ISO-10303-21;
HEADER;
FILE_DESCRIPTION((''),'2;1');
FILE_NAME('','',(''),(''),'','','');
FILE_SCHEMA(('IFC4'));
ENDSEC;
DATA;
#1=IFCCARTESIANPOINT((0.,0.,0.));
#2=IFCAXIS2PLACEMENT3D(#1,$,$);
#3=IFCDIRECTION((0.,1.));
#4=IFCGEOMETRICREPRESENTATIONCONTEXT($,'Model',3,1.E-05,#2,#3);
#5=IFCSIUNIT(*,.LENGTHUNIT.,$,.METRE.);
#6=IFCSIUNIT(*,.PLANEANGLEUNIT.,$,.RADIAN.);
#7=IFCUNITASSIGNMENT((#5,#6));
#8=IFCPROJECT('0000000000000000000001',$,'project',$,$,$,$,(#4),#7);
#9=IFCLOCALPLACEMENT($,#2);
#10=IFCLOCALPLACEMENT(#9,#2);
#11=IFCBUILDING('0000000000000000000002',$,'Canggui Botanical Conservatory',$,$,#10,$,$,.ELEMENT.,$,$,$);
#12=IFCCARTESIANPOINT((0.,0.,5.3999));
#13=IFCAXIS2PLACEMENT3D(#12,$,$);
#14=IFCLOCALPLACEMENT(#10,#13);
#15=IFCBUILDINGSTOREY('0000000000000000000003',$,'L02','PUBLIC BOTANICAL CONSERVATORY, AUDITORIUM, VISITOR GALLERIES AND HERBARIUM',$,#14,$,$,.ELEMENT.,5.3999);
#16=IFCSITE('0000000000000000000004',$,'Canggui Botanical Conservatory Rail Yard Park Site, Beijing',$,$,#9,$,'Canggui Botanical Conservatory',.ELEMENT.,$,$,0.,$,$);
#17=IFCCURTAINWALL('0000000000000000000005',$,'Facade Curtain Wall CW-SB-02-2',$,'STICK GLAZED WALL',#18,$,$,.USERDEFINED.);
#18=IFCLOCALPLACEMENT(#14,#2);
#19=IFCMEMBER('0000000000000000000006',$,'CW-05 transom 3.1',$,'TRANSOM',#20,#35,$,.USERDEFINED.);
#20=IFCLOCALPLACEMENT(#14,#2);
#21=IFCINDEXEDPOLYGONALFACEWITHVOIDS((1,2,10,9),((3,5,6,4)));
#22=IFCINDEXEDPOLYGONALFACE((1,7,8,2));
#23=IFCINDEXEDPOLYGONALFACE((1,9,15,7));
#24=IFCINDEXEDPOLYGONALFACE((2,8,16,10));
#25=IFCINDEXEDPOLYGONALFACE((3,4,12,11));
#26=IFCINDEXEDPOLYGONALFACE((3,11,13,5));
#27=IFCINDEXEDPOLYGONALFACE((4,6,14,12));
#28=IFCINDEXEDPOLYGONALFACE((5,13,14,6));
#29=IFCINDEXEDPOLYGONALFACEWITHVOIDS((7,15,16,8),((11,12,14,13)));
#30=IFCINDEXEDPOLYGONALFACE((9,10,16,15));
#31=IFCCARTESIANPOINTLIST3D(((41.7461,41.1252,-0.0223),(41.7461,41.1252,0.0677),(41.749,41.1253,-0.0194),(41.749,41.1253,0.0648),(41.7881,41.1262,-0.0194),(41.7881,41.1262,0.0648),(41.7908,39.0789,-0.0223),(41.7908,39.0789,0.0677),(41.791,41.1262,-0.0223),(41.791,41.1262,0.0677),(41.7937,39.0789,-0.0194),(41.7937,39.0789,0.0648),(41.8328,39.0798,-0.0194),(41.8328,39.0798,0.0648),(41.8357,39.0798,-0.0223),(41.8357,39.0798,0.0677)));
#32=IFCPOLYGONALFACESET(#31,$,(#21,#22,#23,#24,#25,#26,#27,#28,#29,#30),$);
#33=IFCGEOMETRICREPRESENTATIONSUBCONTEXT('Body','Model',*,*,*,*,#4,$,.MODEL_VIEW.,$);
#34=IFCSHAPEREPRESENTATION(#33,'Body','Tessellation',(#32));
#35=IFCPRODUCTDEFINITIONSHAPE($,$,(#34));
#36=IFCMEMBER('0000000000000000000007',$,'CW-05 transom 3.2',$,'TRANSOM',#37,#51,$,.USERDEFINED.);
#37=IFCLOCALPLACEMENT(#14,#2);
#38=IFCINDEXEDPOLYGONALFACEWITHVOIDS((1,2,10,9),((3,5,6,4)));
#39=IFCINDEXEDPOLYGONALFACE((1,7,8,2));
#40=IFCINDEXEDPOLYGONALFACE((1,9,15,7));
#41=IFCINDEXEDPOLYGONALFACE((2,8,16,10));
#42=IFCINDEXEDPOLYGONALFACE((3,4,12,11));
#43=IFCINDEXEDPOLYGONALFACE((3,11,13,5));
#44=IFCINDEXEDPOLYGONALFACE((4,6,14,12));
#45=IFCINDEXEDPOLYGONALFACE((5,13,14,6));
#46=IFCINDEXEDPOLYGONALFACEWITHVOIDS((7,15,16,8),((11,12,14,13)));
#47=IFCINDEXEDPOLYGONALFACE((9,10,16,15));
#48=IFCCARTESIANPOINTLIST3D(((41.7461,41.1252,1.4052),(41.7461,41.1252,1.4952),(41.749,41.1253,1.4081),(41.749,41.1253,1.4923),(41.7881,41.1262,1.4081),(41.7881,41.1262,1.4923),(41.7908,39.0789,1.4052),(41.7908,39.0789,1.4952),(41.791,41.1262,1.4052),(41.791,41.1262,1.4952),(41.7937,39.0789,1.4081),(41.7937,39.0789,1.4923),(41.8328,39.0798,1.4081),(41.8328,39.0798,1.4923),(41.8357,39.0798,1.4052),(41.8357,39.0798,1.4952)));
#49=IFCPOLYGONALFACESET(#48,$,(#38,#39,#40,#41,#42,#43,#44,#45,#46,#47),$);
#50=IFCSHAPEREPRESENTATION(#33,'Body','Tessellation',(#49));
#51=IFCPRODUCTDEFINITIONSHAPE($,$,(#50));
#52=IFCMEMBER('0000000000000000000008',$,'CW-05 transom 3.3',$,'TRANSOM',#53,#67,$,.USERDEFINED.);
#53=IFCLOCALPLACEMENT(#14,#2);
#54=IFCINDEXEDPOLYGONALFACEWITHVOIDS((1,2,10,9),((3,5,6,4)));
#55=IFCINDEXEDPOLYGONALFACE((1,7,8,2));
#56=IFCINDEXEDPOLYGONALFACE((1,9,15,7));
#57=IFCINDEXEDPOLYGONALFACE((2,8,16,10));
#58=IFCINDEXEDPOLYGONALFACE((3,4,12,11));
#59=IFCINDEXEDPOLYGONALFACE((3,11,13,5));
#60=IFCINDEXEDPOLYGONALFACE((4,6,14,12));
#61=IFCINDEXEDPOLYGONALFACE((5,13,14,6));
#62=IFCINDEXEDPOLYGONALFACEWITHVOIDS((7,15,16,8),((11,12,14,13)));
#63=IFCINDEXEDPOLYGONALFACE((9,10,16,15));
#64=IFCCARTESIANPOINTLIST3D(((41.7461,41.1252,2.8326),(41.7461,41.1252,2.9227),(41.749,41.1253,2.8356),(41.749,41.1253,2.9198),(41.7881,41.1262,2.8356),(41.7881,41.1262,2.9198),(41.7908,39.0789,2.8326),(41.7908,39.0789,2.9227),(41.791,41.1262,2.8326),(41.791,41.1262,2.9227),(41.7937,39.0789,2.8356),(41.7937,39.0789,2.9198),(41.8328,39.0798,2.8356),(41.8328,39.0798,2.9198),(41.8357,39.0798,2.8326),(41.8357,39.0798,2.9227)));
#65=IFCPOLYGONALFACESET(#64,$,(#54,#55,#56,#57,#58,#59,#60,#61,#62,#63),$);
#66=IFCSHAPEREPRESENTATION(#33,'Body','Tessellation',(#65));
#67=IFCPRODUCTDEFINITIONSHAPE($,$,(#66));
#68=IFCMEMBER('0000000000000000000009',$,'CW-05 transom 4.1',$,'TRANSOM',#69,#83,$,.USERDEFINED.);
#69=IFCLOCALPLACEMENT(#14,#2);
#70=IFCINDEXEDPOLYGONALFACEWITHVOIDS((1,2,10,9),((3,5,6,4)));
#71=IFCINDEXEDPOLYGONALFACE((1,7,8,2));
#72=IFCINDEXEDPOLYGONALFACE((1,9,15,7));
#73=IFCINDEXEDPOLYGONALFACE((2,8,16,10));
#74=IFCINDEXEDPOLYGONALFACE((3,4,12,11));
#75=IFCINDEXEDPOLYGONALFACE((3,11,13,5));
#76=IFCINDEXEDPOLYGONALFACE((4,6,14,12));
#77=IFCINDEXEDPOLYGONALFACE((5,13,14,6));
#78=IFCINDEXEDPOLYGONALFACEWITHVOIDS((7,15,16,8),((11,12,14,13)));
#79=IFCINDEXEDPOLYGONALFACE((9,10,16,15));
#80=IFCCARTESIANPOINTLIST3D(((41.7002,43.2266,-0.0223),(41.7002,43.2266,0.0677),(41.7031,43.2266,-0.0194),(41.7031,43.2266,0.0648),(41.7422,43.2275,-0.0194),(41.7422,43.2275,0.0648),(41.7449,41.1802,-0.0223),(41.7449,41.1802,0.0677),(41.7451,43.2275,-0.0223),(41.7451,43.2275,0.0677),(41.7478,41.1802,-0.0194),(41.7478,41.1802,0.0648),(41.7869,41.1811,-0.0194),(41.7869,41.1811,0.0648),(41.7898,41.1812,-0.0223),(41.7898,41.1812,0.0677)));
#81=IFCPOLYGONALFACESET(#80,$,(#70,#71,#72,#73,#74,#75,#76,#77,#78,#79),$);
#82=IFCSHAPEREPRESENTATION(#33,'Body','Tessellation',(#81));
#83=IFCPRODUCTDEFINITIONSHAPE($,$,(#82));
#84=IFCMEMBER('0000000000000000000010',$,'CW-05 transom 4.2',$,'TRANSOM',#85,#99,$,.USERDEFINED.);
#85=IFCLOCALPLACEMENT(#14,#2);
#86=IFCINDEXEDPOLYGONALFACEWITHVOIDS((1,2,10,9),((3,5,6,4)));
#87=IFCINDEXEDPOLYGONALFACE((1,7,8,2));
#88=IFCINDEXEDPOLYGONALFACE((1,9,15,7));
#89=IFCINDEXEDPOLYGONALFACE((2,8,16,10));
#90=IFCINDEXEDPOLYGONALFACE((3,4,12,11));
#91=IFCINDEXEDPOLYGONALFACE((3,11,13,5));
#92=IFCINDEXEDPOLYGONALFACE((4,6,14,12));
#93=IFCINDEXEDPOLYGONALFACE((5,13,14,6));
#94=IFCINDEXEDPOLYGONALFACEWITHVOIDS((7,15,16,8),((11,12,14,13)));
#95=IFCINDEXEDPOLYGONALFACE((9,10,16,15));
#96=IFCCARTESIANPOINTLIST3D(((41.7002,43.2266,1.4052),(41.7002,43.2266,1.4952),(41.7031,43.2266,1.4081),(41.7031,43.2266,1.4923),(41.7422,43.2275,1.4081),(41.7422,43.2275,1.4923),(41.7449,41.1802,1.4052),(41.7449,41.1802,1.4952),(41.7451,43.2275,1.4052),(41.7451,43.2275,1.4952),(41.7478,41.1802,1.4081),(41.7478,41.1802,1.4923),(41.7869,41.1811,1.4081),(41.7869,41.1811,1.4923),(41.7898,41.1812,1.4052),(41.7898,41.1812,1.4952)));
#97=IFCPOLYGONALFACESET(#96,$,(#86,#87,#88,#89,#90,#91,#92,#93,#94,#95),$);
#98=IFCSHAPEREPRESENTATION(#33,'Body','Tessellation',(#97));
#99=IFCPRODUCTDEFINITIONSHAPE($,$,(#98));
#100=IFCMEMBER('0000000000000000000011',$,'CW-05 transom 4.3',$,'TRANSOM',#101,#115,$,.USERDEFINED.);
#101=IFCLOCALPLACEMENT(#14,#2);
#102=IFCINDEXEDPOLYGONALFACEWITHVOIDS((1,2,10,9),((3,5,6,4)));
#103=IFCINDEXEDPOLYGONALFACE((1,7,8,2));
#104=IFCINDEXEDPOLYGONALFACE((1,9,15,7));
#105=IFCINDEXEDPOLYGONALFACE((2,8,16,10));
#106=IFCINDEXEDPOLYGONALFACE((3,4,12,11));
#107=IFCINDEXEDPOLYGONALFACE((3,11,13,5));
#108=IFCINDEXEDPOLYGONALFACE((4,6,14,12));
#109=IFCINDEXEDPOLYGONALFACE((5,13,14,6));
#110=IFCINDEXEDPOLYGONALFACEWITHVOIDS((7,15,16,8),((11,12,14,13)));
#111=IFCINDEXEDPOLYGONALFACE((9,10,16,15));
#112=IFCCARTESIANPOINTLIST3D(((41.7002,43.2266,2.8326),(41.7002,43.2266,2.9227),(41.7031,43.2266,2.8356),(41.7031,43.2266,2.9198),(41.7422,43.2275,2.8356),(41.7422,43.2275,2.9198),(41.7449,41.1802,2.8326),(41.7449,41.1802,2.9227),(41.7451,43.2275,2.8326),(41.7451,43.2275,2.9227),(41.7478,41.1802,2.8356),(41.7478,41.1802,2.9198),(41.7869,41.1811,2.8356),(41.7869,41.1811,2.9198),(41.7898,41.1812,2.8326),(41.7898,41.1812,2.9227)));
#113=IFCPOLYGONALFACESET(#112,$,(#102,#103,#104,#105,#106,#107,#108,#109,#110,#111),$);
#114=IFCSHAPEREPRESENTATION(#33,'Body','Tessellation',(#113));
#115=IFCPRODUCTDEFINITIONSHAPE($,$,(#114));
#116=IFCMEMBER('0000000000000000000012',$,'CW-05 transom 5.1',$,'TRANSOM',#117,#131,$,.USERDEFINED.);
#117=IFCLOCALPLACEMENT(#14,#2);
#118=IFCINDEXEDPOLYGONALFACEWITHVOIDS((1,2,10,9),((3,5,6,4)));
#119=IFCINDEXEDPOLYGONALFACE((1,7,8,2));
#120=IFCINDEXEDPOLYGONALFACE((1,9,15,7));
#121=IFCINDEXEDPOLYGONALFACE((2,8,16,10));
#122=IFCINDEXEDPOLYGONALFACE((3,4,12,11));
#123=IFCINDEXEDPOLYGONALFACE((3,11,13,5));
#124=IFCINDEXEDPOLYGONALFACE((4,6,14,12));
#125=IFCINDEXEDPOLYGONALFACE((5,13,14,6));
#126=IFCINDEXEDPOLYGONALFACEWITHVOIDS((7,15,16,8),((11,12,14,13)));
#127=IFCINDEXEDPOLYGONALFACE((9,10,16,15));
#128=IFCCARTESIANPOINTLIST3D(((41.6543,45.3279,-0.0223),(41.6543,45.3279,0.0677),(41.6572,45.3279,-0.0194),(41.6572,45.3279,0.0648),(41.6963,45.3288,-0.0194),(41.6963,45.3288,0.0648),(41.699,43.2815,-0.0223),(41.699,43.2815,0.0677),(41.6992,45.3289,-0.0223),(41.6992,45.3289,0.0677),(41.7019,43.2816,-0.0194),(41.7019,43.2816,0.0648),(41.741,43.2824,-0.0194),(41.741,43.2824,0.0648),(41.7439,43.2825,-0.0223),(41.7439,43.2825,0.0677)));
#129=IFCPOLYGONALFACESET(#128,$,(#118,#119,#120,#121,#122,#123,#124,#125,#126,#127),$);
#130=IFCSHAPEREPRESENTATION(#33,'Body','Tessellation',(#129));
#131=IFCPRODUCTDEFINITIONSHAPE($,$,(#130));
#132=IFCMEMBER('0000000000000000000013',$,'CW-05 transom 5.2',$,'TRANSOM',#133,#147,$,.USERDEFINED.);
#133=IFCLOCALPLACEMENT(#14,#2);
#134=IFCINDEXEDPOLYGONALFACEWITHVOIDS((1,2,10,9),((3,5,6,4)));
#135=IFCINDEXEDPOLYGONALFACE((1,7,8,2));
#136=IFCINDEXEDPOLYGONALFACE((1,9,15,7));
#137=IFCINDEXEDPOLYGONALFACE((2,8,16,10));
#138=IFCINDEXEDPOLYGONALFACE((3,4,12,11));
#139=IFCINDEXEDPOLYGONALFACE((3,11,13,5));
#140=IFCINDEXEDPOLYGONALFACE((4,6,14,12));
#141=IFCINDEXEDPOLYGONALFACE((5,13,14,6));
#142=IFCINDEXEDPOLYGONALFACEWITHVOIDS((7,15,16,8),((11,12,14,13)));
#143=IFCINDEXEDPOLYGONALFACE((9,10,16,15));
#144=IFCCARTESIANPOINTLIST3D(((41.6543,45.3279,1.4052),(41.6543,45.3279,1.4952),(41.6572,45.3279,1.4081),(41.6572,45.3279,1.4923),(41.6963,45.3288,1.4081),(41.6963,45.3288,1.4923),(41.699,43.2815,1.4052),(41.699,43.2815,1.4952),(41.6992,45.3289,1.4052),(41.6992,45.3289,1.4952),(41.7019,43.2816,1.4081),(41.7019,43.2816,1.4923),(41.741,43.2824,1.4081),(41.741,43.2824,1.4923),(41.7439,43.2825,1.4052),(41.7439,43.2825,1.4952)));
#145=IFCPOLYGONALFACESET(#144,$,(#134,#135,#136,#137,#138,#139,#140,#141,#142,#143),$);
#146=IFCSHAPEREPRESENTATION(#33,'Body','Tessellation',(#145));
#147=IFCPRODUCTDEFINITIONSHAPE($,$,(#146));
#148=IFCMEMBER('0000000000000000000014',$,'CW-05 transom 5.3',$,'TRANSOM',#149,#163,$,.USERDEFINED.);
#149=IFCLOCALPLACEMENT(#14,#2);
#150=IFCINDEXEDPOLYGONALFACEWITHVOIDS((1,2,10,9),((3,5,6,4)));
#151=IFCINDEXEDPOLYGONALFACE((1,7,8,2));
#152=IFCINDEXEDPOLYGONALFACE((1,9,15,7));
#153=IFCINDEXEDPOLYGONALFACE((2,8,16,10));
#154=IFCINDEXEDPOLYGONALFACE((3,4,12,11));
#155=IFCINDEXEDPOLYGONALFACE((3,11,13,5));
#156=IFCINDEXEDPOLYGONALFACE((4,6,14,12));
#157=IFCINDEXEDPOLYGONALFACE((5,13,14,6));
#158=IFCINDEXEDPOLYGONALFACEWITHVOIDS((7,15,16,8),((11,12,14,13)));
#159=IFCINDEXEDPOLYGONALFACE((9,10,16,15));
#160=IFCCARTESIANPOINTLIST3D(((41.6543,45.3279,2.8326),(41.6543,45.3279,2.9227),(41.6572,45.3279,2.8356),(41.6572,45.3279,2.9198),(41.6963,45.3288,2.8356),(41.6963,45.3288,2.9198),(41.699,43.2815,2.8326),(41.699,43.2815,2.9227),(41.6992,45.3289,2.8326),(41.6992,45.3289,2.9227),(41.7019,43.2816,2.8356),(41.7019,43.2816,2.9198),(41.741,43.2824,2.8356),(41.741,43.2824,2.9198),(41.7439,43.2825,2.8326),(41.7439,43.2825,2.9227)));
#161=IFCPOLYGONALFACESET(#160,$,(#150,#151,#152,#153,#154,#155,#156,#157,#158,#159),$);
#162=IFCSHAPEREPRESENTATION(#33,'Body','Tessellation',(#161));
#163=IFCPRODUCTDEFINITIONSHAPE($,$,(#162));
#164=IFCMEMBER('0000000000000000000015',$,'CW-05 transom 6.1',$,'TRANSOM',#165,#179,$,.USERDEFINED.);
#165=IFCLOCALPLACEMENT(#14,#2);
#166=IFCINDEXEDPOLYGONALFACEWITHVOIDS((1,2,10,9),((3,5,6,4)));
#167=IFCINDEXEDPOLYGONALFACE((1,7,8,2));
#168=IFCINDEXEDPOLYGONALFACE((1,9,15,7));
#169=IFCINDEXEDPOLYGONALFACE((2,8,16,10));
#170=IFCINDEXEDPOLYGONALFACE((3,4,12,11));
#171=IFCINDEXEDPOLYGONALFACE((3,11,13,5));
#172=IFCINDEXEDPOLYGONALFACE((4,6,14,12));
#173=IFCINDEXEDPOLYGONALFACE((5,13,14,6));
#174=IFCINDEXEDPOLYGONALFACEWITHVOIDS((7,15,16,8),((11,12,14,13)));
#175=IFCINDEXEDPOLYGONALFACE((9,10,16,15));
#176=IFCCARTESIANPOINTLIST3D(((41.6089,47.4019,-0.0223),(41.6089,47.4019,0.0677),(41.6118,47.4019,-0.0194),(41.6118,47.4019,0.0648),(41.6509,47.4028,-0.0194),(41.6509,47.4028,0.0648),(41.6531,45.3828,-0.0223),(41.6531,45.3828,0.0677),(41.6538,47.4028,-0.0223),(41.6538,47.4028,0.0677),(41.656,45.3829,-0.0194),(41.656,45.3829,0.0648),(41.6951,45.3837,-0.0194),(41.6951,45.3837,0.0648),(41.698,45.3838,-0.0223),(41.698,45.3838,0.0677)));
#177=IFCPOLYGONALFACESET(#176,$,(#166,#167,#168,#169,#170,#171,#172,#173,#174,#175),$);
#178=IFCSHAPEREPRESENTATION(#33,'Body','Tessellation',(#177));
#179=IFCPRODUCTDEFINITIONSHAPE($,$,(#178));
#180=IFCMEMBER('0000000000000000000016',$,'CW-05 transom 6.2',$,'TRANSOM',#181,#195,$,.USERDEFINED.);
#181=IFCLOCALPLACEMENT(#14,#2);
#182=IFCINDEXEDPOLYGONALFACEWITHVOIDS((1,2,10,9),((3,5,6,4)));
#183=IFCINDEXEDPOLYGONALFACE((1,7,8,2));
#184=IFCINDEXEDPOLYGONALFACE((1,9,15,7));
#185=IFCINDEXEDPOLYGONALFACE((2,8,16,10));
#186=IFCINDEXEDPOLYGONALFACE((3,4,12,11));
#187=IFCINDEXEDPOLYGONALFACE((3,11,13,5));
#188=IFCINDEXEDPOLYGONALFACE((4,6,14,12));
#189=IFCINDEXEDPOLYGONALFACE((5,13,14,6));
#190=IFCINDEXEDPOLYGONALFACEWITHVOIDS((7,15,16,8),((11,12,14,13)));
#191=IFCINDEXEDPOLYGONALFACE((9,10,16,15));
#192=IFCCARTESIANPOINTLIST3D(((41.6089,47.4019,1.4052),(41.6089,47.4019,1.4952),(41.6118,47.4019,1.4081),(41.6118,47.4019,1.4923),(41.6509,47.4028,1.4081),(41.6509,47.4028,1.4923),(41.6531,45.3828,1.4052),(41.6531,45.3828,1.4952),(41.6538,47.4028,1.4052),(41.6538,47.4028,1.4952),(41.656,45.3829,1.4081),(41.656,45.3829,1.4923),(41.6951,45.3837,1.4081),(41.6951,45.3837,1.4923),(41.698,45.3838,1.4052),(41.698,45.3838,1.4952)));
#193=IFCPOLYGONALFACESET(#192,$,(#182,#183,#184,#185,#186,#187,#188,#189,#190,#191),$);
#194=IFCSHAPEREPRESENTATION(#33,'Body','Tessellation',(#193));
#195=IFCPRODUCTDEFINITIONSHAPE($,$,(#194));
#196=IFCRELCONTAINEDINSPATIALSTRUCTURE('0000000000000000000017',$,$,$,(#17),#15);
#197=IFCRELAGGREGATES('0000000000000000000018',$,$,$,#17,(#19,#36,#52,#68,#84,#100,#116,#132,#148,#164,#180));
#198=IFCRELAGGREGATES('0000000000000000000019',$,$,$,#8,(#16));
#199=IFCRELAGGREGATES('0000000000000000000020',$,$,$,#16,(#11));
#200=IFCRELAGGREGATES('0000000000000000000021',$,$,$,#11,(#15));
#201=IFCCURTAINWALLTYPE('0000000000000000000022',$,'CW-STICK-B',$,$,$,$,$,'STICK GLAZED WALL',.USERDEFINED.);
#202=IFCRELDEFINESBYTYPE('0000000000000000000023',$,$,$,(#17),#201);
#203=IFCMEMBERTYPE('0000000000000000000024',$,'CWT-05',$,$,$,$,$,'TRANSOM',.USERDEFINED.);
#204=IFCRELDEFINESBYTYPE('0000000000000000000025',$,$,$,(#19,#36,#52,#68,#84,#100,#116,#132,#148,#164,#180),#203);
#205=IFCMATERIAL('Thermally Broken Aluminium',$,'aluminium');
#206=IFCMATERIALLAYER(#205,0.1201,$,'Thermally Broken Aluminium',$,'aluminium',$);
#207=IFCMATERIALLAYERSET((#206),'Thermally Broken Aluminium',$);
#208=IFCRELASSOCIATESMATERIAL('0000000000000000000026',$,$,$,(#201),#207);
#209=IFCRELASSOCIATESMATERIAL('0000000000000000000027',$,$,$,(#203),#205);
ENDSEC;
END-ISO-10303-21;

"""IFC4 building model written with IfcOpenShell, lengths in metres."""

from ifc_helpers import new_model, si_unit, direction, frame, origin, origin_2d, place, context, subcontext, project, spatial, hollow_rectangle, extrude, material, layer, layer_set, material_profile, profile_set, type_object, element, aggregate, save


model = new_model("IFC4")

# Units and contexts
model_context = context("Model", 3, precision=1e-05, world=origin(), true_north=direction((0.0, 1.0)))
body_context = subcontext(model_context, "Body", "Model", "MODEL_VIEW")
ifc_project = project(units=[si_unit("LENGTHUNIT", "METRE"), si_unit("PLANEANGLEUNIT", "RADIAN")], contexts=[model_context])

# Site, building, storey
site_placement = place(None, origin())
site = spatial("IfcSite", under=ifc_project, at=site_placement, Name="Canggui Botanical Conservatory Rail Yard Park Site, Beijing", LongName="Canggui Botanical Conservatory", CompositionType="ELEMENT", RefElevation=0.0)
building_placement = place(site_placement, origin())
building = spatial("IfcBuilding", under=site, at=building_placement, Name="Canggui Botanical Conservatory", CompositionType="ELEMENT")
storey_placement = place(building_placement, frame((0.0, 0.0, 5.3999)))
storey = spatial("IfcBuildingStorey", under=building, at=storey_placement, Name="L02", Description="PUBLIC BOTANICAL CONSERVATORY, AUDITORIUM, VISITOR GALLERIES AND HERBARIUM", CompositionType="ELEMENT", Elevation=5.3999)

# Curtain wall, members
ifc_material_1 = material(Name="Thermally Broken Aluminium", Category="aluminium")
ifc_layer_1 = layer(ifc_material_1, 0.1201, Name="Thermally Broken Aluminium", Category="aluminium")
ifc_layer_set_1 = layer_set([ifc_layer_1], Name="Thermally Broken Aluminium")
curtain_wall_type = type_object("IfcCurtainWallType", Name="CW-STICK-B", ElementType="STICK GLAZED WALL", PredefinedType="USERDEFINED", material=ifc_layer_set_1)
curtain_wall_placement = place(storey_placement, origin())
curtain_wall = element("IfcCurtainWall", 1, at=curtain_wall_placement, inside=storey, type_object=curtain_wall_type, Name="Facade Curtain Wall CW-SB-02-2", ObjectType="STICK GLAZED WALL", PredefinedType="USERDEFINED")
ifc_material_profile_1 = material_profile(ifc_material_1, hollow_rectangle(XDim=0.0449, YDim=0.0901, WallThickness=0.0029, at=origin_2d()), Name="CWT 45x90x3")
ifc_profile_set_1 = profile_set([ifc_material_profile_1], Name="Thermally Broken Aluminium")
member_type_1 = type_object("IfcMemberType", Name="CWT-05", ElementType="TRANSOM", PredefinedType="USERDEFINED", material=ifc_profile_set_1)
member_1_placement = place(storey_placement, frame((41.8132, 39.0793, 0.0227), z_axis=(-0.021827, 0.999762, 0.0), x_axis=(-0.999762, -0.021827, 0.0)))
member_1 = element("IfcMember", 2, at=member_1_placement, type_object=member_type_1, Name="CW-05 transom 3.1", ObjectType="TRANSOM", PredefinedType="USERDEFINED", context=body_context, shape_type="SweptSolid", body=[
    extrude(hollow_rectangle(XDim=0.0449, YDim=0.0901, WallThickness=0.0029, at=origin_2d()), origin(), (0.0, 0.0, 1.0), 2.0469),
])
member_2_placement = place(storey_placement, frame((41.8132, 39.0793, 1.4502), z_axis=(-0.021827, 0.999762, 0.0), x_axis=(-0.999762, -0.021827, 0.0)))
member_2 = element("IfcMember", 3, at=member_2_placement, type_object=member_type_1, Name="CW-05 transom 3.2", ObjectType="TRANSOM", PredefinedType="USERDEFINED", context=body_context, shape_type="SweptSolid", body=[
    extrude(hollow_rectangle(XDim=0.0449, YDim=0.0901, WallThickness=0.0029, at=origin_2d()), origin(), (0.0, 0.0, 1.0), 2.0469),
])
member_3_placement = place(storey_placement, frame((41.8132, 39.0793, 2.8777), z_axis=(-0.021827, 0.999762, 0.0), x_axis=(-0.999762, -0.021827, 0.0)))
member_3 = element("IfcMember", 4, at=member_3_placement, type_object=member_type_1, Name="CW-05 transom 3.3", ObjectType="TRANSOM", PredefinedType="USERDEFINED", context=body_context, shape_type="SweptSolid", body=[
    extrude(hollow_rectangle(XDim=0.0449, YDim=0.0901, WallThickness=0.0029, at=origin_2d()), origin(), (0.0, 0.0, 1.0), 2.0469),
])
member_4_placement = place(storey_placement, frame((41.7673, 41.1807, 0.0227), z_axis=(-0.021827, 0.999762, 0.0), x_axis=(-0.999762, -0.021827, 0.0)))
member_4 = element("IfcMember", 5, at=member_4_placement, type_object=member_type_1, Name="CW-05 transom 4.1", ObjectType="TRANSOM", PredefinedType="USERDEFINED", context=body_context, shape_type="SweptSolid", body=[
    extrude(hollow_rectangle(XDim=0.0449, YDim=0.0901, WallThickness=0.0029, at=origin_2d()), origin(), (0.0, 0.0, 1.0), 2.0469),
])
member_5_placement = place(storey_placement, frame((41.7673, 41.1807, 1.4502), z_axis=(-0.021827, 0.999762, 0.0), x_axis=(-0.999762, -0.021827, 0.0)))
member_5 = element("IfcMember", 6, at=member_5_placement, type_object=member_type_1, Name="CW-05 transom 4.2", ObjectType="TRANSOM", PredefinedType="USERDEFINED", context=body_context, shape_type="SweptSolid", body=[
    extrude(hollow_rectangle(XDim=0.0449, YDim=0.0901, WallThickness=0.0029, at=origin_2d()), origin(), (0.0, 0.0, 1.0), 2.0469),
])
member_6_placement = place(storey_placement, frame((41.7673, 41.1807, 2.8777), z_axis=(-0.021827, 0.999762, 0.0), x_axis=(-0.999762, -0.021827, 0.0)))
member_6 = element("IfcMember", 7, at=member_6_placement, type_object=member_type_1, Name="CW-05 transom 4.3", ObjectType="TRANSOM", PredefinedType="USERDEFINED", context=body_context, shape_type="SweptSolid", body=[
    extrude(hollow_rectangle(XDim=0.0449, YDim=0.0901, WallThickness=0.0029, at=origin_2d()), origin(), (0.0, 0.0, 1.0), 2.0469),
])
member_7_placement = place(storey_placement, frame((41.7214, 43.282, 0.0227), z_axis=(-0.021827, 0.999762, 0.0), x_axis=(-0.999762, -0.021827, 0.0)))
member_7 = element("IfcMember", 8, at=member_7_placement, type_object=member_type_1, Name="CW-05 transom 5.1", ObjectType="TRANSOM", PredefinedType="USERDEFINED", context=body_context, shape_type="SweptSolid", body=[
    extrude(hollow_rectangle(XDim=0.0449, YDim=0.0901, WallThickness=0.0029, at=origin_2d()), origin(), (0.0, 0.0, 1.0), 2.0469),
])
member_8_placement = place(storey_placement, frame((41.7214, 43.282, 1.4502), z_axis=(-0.021827, 0.999762, 0.0), x_axis=(-0.999762, -0.021827, 0.0)))
member_8 = element("IfcMember", 9, at=member_8_placement, type_object=member_type_1, Name="CW-05 transom 5.2", ObjectType="TRANSOM", PredefinedType="USERDEFINED", context=body_context, shape_type="SweptSolid", body=[
    extrude(hollow_rectangle(XDim=0.0449, YDim=0.0901, WallThickness=0.0029, at=origin_2d()), origin(), (0.0, 0.0, 1.0), 2.0469),
])
member_9_placement = place(storey_placement, frame((41.7214, 43.282, 2.8777), z_axis=(-0.021827, 0.999762, 0.0), x_axis=(-0.999762, -0.021827, 0.0)))
member_9 = element("IfcMember", 10, at=member_9_placement, type_object=member_type_1, Name="CW-05 transom 5.3", ObjectType="TRANSOM", PredefinedType="USERDEFINED", context=body_context, shape_type="SweptSolid", body=[
    extrude(hollow_rectangle(XDim=0.0449, YDim=0.0901, WallThickness=0.0029, at=origin_2d()), origin(), (0.0, 0.0, 1.0), 2.0469),
])
member_10_placement = place(storey_placement, frame((41.6755, 45.3833, 0.0227), z_axis=(-0.021881, 0.999761, 0.0), x_axis=(-0.999761, -0.021881, 0.0)))
member_10 = element("IfcMember", 11, at=member_10_placement, type_object=member_type_1, Name="CW-05 transom 6.1", ObjectType="TRANSOM", PredefinedType="USERDEFINED", context=body_context, shape_type="SweptSolid", body=[
    extrude(hollow_rectangle(XDim=0.0449, YDim=0.0901, WallThickness=0.0029, at=origin_2d()), origin(), (0.0, 0.0, 1.0), 2.0195),
])
member_11_placement = place(storey_placement, frame((41.6755, 45.3833, 1.4502), z_axis=(-0.021881, 0.999761, 0.0), x_axis=(-0.999761, -0.021881, 0.0)))
member_11 = element("IfcMember", 12, at=member_11_placement, type_object=member_type_1, Name="CW-05 transom 6.2", ObjectType="TRANSOM", PredefinedType="USERDEFINED", context=body_context, shape_type="SweptSolid", body=[
    extrude(hollow_rectangle(XDim=0.0449, YDim=0.0901, WallThickness=0.0029, at=origin_2d()), origin(), (0.0, 0.0, 1.0), 2.0195),
])

aggregate(curtain_wall, [member_1, member_2, member_3, member_4, member_5, member_6, member_7, member_8, member_9, member_10, member_11])

save(model, "model.ifc")
